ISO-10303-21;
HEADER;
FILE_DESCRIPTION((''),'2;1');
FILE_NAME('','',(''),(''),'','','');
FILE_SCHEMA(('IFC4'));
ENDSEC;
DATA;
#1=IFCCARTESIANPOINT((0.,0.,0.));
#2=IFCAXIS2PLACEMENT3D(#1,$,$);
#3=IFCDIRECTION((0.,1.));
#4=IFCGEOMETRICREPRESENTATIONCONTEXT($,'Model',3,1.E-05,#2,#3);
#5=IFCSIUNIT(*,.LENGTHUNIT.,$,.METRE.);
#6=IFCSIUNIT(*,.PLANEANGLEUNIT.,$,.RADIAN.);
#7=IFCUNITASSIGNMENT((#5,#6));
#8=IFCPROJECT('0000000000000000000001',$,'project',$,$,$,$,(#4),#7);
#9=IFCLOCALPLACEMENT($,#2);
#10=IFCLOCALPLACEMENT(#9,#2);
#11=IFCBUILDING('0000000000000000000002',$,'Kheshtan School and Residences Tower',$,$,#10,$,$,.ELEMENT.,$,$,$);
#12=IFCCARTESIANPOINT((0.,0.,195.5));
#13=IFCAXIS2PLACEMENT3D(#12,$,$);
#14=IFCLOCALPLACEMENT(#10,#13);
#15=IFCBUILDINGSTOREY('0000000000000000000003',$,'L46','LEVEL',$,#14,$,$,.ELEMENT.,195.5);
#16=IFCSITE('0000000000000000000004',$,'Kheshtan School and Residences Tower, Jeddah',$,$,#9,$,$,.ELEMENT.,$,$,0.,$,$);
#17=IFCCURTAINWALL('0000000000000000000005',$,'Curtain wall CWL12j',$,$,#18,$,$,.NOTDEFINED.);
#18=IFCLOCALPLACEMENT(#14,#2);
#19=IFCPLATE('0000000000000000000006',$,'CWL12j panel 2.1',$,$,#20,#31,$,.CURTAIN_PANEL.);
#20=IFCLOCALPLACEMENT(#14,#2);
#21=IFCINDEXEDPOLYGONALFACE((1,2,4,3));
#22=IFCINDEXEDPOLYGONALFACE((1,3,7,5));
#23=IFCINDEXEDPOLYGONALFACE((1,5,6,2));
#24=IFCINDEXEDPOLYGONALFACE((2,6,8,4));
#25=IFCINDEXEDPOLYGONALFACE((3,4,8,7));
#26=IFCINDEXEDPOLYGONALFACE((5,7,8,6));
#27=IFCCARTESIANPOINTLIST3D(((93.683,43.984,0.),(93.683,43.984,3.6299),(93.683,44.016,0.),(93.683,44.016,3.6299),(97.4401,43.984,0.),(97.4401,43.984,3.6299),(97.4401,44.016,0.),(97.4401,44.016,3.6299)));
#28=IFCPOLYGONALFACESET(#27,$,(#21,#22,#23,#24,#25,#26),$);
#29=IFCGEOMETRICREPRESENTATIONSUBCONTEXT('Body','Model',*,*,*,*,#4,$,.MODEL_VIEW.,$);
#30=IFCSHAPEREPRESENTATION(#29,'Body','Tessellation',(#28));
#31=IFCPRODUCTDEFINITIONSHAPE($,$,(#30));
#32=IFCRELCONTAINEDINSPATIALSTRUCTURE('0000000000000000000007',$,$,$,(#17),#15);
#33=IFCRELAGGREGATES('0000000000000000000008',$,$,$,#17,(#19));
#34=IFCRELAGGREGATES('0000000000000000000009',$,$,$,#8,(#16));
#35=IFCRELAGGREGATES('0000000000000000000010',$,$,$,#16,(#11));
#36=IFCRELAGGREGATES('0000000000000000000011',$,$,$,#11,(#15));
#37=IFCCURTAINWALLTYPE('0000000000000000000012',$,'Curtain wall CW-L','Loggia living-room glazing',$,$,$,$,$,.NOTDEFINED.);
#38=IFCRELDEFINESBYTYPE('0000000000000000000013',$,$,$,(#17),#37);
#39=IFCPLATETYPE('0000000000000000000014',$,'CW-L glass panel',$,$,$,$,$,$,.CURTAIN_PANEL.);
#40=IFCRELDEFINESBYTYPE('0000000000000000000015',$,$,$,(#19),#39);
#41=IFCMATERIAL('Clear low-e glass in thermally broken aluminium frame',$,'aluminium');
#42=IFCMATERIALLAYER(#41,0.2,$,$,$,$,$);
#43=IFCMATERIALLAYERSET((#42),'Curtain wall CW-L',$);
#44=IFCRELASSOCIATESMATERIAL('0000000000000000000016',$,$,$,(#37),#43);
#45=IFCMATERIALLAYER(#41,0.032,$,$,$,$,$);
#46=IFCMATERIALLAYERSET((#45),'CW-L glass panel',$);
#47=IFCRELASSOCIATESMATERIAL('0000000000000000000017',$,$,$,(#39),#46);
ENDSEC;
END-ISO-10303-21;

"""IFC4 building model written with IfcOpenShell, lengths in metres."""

from ifc_helpers import new_model, si_unit, direction, frame, origin, origin_2d, place, context, subcontext, project, spatial, rectangle, extrude, material, layer, layer_set, type_object, element, aggregate, save


model = new_model("IFC4")

# Units and contexts
model_context = context("Model", 3, precision=1e-05, world=origin(), true_north=direction((0.0, 1.0)))
body_context = subcontext(model_context, "Body", "Model", "MODEL_VIEW")
ifc_project = project(units=[si_unit("LENGTHUNIT", "METRE"), si_unit("PLANEANGLEUNIT", "RADIAN")], contexts=[model_context])

# Site, building, storey
site_placement = place(None, origin())
site = spatial("IfcSite", under=ifc_project, at=site_placement, Name="Kheshtan School and Residences Tower, Jeddah", CompositionType="ELEMENT", RefElevation=0.0)
building_placement = place(site_placement, origin())
building = spatial("IfcBuilding", under=site, at=building_placement, Name="Kheshtan School and Residences Tower", CompositionType="ELEMENT")
storey_placement = place(building_placement, frame((0.0, 0.0, 195.5)))
storey = spatial("IfcBuildingStorey", under=building, at=storey_placement, Name="L46", Description="LEVEL", CompositionType="ELEMENT", Elevation=195.5)

# Shared definitions
ifc_material_1 = material(Name="Clear low-e glass in thermally broken aluminium frame", Category="aluminium")
ifc_layer_1 = layer(ifc_material_1, 0.2)
ifc_layer_set_1 = layer_set([ifc_layer_1], Name="Curtain wall CW-L")
curtain_wall_type = type_object("IfcCurtainWallType", Name="Curtain wall CW-L", Description="Loggia living-room glazing", PredefinedType="NOTDEFINED", material=ifc_layer_set_1)

# Curtain wall
curtain_wall_1_placement = place(storey_placement, origin())
curtain_wall_1 = element("IfcCurtainWall", 1, at=curtain_wall_1_placement, inside=storey, type_object=curtain_wall_type, Name="Curtain wall CWL12j", PredefinedType="NOTDEFINED")

# Plate
ifc_layer_2 = layer(ifc_material_1, 0.032)
ifc_layer_set_2 = layer_set([ifc_layer_2], Name="CW-L glass panel")
plate_type = type_object("IfcPlateType", Name="CW-L glass panel", PredefinedType="CURTAIN_PANEL", material=ifc_layer_set_2)
plate_1_placement = place(storey_placement, frame((95.5615, 44.0, 0.0), z_axis=(0.0, 0.0, 1.0), x_axis=(1.0, 0.0, 0.0)))
plate_1 = element("IfcPlate", 2, at=plate_1_placement, type_object=plate_type, Name="CWL12j panel 2.1", PredefinedType="CURTAIN_PANEL", context=body_context, shape_type="SweptSolid", body=[
    extrude(rectangle(XDim=3.7571, YDim=0.032, at=origin_2d()), origin(), (0.0, 0.0, 1.0), 3.6299),
])
aggregate(curtain_wall_1, [plate_1])

save(model, "model.ifc")
